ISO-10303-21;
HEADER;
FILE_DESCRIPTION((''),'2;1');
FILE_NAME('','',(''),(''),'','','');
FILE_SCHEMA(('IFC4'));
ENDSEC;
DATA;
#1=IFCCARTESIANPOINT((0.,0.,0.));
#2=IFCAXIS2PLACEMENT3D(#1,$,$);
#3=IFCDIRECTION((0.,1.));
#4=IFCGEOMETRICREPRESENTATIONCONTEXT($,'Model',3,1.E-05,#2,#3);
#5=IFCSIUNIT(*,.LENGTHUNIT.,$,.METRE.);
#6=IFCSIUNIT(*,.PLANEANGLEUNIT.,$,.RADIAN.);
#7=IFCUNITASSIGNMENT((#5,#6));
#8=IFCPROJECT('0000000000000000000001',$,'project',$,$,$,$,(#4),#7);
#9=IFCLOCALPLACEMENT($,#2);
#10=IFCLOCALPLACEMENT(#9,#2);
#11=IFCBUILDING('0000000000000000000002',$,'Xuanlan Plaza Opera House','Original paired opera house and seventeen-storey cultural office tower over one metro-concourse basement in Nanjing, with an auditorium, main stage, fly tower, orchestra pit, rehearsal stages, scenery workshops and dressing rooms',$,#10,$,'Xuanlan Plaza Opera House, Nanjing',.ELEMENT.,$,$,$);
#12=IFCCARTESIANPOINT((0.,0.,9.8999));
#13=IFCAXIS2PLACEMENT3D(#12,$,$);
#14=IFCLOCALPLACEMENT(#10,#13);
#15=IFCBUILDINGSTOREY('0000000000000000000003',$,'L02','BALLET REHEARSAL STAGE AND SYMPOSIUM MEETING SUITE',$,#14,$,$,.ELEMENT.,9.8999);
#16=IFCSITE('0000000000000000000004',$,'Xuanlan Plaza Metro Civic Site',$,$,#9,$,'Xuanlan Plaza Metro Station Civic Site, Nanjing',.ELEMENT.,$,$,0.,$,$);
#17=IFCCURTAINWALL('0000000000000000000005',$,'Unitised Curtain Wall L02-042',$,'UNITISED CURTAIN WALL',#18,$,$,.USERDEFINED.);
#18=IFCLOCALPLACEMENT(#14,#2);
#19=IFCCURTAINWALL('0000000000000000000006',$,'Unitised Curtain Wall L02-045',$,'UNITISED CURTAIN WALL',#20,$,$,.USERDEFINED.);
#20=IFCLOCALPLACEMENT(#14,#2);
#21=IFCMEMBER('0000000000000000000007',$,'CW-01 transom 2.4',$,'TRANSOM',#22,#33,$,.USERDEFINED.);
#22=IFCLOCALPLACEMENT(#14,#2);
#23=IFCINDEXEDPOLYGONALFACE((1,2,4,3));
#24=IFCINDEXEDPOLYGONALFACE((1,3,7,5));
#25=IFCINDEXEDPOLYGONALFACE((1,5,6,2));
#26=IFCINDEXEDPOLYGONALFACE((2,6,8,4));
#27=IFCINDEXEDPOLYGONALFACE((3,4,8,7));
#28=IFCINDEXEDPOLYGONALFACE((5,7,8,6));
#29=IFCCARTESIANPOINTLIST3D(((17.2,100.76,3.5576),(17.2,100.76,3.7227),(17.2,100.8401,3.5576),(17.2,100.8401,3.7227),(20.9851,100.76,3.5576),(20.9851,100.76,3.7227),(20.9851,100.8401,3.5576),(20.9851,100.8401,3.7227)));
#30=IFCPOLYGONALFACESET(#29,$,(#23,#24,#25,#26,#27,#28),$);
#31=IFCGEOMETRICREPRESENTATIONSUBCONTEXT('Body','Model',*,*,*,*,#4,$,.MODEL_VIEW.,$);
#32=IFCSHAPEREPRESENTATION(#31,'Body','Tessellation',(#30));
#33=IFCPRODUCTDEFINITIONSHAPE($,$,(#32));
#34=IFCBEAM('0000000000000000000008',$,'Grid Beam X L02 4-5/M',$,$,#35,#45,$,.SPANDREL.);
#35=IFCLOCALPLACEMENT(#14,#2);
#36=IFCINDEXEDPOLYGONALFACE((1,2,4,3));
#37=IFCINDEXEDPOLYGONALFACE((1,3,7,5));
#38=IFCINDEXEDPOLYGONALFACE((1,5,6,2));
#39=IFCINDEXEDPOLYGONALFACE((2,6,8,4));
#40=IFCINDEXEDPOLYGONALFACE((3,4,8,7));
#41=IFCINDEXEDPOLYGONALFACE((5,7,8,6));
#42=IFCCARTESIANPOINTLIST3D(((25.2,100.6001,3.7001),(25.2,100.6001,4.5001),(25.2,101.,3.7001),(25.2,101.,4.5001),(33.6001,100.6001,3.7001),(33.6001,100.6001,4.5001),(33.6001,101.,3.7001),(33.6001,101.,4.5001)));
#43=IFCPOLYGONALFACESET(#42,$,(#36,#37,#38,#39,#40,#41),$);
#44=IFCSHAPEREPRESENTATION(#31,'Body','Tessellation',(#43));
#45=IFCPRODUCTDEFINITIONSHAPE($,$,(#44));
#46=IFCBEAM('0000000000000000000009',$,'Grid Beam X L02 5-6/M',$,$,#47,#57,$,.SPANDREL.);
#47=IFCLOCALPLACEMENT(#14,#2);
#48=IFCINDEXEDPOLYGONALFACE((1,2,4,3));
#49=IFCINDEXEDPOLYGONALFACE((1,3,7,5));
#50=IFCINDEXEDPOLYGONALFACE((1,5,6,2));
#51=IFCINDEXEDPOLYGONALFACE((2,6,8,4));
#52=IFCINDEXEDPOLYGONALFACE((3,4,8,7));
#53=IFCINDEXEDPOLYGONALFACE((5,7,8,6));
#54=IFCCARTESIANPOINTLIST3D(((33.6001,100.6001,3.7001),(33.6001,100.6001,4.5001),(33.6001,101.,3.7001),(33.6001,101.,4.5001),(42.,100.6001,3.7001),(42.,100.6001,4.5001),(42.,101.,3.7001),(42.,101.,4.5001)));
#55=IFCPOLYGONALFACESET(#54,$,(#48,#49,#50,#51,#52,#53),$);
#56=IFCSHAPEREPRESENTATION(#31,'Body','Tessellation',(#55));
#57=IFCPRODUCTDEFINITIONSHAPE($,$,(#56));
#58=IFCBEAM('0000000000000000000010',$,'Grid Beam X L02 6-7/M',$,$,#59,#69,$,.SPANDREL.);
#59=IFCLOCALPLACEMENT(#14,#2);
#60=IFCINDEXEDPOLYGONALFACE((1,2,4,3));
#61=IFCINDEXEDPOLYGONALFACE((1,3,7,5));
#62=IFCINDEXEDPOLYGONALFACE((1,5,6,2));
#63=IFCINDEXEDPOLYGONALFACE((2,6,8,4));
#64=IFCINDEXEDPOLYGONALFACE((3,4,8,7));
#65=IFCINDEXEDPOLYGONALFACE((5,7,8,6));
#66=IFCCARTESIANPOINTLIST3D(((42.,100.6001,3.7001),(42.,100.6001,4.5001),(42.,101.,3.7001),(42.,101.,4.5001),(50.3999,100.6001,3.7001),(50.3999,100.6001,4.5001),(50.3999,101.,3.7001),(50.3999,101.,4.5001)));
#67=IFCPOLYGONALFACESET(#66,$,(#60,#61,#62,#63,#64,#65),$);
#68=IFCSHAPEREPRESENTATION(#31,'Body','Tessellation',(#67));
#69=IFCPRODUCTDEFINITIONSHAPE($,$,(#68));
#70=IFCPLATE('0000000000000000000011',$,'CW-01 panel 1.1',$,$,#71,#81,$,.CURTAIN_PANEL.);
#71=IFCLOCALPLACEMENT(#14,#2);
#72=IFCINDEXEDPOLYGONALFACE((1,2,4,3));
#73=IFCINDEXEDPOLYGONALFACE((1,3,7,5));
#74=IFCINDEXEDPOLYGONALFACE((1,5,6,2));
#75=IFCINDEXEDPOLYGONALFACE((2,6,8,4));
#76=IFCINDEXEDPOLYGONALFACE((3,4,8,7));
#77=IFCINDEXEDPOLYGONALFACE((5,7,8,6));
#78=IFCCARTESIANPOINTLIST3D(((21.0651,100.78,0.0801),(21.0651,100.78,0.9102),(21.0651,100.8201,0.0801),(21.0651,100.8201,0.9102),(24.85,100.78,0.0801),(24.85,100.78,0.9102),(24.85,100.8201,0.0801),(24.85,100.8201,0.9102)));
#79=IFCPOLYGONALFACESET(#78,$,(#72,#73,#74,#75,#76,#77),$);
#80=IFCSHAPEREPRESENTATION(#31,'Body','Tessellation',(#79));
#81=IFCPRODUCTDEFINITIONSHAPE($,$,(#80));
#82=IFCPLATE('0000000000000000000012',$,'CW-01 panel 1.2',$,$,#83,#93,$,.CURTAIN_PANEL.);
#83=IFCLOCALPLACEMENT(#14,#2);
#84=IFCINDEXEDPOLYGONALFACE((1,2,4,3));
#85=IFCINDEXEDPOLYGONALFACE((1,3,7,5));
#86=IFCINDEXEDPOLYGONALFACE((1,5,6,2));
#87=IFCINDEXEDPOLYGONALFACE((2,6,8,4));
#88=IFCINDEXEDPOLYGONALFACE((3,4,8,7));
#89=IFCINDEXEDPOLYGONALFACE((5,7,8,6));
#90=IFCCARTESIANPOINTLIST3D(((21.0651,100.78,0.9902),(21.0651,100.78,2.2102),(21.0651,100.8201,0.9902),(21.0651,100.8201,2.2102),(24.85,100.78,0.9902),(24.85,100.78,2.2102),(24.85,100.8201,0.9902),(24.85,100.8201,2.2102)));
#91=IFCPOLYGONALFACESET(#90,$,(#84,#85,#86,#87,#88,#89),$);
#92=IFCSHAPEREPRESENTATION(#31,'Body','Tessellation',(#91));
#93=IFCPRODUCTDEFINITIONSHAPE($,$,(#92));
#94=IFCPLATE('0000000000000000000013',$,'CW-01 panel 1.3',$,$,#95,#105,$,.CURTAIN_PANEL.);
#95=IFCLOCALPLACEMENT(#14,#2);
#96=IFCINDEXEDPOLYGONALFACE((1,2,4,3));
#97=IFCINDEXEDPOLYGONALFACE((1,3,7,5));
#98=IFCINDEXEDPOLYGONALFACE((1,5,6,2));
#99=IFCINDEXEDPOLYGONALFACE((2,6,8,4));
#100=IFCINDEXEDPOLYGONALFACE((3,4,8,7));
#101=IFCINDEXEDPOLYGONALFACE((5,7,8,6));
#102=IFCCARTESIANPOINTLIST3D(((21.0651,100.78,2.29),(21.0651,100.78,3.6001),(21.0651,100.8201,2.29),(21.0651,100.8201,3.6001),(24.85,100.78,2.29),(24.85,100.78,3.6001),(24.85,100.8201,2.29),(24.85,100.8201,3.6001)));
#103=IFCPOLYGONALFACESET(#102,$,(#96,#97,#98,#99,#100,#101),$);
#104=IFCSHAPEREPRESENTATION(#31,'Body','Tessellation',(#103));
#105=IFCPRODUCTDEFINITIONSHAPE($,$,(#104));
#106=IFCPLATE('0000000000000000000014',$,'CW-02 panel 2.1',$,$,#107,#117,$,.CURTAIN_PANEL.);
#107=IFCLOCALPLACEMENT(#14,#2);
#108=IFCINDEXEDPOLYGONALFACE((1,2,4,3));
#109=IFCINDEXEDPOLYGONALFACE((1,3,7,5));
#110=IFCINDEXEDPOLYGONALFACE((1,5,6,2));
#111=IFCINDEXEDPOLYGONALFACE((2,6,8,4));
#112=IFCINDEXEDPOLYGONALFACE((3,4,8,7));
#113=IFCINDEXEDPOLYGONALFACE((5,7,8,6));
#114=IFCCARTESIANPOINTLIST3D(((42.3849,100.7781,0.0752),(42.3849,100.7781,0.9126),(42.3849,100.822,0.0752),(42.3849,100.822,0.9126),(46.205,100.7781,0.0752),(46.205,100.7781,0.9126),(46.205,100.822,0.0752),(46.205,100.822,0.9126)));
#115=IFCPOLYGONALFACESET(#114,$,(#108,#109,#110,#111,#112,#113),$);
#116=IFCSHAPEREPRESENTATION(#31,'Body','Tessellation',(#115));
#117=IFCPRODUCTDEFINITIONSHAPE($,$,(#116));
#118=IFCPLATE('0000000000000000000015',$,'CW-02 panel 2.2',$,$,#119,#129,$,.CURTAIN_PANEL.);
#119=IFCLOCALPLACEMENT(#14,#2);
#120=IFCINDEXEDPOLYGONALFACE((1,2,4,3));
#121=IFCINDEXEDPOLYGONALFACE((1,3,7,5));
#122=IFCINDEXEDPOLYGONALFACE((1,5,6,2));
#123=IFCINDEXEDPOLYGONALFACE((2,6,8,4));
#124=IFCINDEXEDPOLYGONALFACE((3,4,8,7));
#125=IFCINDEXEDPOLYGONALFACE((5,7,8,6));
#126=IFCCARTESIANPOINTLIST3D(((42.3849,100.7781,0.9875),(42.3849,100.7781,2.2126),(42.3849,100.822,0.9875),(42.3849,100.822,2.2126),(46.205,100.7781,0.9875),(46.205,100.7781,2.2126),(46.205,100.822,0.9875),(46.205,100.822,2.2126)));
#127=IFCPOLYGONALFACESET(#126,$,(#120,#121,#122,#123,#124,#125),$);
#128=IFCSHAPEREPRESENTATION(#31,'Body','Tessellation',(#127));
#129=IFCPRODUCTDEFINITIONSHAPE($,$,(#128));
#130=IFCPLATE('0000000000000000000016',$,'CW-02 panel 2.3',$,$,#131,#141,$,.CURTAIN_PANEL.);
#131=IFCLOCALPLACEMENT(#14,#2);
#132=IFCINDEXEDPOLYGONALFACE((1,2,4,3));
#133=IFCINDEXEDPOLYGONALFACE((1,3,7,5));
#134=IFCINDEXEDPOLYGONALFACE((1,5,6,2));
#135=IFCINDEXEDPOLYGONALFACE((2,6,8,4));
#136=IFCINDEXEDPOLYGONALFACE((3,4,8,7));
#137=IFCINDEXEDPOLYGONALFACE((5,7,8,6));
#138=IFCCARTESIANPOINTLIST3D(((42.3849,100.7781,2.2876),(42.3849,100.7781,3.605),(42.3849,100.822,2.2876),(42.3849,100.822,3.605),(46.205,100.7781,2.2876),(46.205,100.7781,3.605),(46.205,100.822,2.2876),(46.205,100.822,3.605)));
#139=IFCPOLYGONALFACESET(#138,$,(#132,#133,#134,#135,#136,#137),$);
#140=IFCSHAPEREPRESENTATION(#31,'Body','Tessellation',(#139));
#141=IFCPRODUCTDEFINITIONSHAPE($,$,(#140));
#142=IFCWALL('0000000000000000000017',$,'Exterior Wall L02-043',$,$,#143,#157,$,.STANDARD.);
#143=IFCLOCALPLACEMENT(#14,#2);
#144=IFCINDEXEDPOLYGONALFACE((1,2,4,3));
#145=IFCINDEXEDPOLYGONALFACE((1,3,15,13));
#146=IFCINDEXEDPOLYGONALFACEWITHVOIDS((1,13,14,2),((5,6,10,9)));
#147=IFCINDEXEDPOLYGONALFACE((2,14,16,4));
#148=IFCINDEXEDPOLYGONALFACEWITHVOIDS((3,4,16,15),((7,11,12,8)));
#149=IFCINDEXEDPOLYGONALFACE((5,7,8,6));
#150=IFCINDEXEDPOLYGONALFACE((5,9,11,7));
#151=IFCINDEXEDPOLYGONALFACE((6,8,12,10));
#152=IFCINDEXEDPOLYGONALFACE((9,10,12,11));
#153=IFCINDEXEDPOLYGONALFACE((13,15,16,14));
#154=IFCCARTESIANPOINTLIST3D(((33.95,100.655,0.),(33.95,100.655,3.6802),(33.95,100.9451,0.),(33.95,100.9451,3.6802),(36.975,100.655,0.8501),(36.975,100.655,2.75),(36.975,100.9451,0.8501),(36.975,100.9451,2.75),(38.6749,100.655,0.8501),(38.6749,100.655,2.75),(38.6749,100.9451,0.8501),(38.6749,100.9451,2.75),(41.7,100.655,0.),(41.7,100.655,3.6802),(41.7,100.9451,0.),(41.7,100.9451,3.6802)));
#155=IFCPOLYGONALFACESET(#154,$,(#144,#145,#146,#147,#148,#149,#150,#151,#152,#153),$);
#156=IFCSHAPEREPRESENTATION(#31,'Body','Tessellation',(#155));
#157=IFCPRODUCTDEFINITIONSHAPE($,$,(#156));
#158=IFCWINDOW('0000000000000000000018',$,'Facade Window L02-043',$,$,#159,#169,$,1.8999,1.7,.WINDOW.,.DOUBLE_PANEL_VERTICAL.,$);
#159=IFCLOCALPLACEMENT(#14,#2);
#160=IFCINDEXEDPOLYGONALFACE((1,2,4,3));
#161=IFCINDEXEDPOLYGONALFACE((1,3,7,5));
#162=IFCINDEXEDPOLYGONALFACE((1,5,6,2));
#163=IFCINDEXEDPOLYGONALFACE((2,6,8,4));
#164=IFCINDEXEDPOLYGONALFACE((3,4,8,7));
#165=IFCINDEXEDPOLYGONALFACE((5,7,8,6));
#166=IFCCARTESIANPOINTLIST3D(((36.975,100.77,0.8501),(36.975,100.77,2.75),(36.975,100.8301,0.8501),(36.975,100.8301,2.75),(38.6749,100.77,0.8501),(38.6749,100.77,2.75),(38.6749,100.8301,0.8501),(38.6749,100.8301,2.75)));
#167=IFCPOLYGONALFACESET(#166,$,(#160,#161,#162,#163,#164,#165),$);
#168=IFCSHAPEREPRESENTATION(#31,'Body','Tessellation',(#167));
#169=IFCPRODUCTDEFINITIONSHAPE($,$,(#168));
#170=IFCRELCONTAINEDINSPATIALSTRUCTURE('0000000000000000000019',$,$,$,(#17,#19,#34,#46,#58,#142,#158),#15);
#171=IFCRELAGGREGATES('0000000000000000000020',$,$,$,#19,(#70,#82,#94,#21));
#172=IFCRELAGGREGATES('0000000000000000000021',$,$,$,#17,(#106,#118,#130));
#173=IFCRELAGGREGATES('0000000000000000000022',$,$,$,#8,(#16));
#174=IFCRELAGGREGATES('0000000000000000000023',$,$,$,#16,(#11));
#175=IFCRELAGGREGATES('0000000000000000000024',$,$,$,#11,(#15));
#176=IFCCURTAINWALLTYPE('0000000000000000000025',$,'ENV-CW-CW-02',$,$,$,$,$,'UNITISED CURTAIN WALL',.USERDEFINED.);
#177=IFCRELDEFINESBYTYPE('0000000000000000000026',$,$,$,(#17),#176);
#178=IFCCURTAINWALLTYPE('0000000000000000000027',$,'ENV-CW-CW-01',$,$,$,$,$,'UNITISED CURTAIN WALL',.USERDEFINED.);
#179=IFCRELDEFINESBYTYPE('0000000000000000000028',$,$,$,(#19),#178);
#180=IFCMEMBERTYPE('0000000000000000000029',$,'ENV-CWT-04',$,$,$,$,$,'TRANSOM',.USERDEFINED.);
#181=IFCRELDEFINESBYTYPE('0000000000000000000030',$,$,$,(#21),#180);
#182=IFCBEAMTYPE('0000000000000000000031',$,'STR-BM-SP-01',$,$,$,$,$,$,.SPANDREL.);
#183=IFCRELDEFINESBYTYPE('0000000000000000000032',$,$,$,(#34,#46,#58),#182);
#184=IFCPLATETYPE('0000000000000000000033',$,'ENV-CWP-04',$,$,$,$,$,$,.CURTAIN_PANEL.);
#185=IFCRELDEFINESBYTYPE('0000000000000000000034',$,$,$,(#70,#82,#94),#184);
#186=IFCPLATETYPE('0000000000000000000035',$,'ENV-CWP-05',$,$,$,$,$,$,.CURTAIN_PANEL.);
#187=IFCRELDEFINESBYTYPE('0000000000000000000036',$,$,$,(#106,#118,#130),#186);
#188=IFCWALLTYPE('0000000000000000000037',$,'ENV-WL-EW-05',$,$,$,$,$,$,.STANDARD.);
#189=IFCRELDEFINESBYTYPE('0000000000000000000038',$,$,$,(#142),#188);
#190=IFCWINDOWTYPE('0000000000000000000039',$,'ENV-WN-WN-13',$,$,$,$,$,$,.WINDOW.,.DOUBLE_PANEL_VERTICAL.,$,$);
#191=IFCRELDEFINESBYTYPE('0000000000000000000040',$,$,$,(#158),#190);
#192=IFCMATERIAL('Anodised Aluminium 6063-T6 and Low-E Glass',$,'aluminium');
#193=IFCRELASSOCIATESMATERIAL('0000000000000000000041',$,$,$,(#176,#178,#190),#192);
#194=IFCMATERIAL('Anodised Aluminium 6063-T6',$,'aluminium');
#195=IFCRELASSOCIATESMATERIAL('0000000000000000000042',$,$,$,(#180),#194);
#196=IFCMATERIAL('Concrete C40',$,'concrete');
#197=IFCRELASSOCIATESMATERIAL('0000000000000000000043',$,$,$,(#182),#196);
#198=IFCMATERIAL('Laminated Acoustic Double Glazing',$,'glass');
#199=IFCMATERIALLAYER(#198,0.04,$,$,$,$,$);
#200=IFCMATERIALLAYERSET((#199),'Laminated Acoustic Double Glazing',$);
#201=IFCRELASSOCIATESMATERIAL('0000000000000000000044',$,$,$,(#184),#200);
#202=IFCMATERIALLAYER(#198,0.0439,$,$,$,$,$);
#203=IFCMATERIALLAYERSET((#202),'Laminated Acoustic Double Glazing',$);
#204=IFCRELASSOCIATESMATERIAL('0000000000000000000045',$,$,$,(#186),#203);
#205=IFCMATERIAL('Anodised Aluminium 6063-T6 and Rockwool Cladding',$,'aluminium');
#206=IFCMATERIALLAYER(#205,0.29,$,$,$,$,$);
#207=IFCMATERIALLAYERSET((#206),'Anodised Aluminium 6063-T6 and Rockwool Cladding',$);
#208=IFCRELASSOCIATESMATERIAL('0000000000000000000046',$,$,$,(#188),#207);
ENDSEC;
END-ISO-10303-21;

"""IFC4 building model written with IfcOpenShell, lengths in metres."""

from ifc_helpers import new_model, si_unit, direction, frame, frame_2d, origin, origin_2d, place, context, subcontext, project, spatial, rectangle, extrude, material, layer, layer_set, material_profile, profile_set, type_object, element, fill, aggregate, save


model = new_model("IFC4")

# Units and contexts
model_context = context("Model", 3, precision=1e-05, world=origin(), true_north=direction((0.0, 1.0)))
body_context = subcontext(model_context, "Body", "Model", "MODEL_VIEW")
ifc_project = project(units=[si_unit("LENGTHUNIT", "METRE"), si_unit("PLANEANGLEUNIT", "RADIAN")], contexts=[model_context])

# Site, building, storey
site_placement = place(None, origin())
site = spatial("IfcSite", under=ifc_project, at=site_placement, Name="Xuanlan Plaza Metro Civic Site", LongName="Xuanlan Plaza Metro Station Civic Site, Nanjing", CompositionType="ELEMENT", RefElevation=0.0)
building_placement = place(site_placement, origin())
building = spatial("IfcBuilding", under=site, at=building_placement, Name="Xuanlan Plaza Opera House", Description="Original paired opera house and seventeen-storey cultural office tower over one metro-concourse basement in Nanjing, with an auditorium, main stage, fly tower, orchestra pit, rehearsal stages, scenery workshops and dressing rooms", LongName="Xuanlan Plaza Opera House, Nanjing", CompositionType="ELEMENT")
storey_placement = place(building_placement, frame((0.0, 0.0, 9.8999)))
storey = spatial("IfcBuildingStorey", under=building, at=storey_placement, Name="L02", Description="BALLET REHEARSAL STAGE AND SYMPOSIUM MEETING SUITE", CompositionType="ELEMENT", Elevation=9.8999)

# Shared definitions
ifc_material_1 = material(Name="Concrete C40", Category="concrete")

# Curtain wall
ifc_material_2 = material(Name="Anodised Aluminium 6063-T6 and Low-E Glass", Category="aluminium")
curtain_wall_type_1 = type_object("IfcCurtainWallType", Name="ENV-CW-CW-02", ElementType="UNITISED CURTAIN WALL", PredefinedType="USERDEFINED", material=ifc_material_2)
curtain_wall_1_placement = place(storey_placement, origin())
curtain_wall_1 = element("IfcCurtainWall", 1, at=curtain_wall_1_placement, inside=storey, type_object=curtain_wall_type_1, Name="Unitised Curtain Wall L02-042", ObjectType="UNITISED CURTAIN WALL", PredefinedType="USERDEFINED")
ifc_material_3 = material(Name="Anodised Aluminium 6063-T6", Category="aluminium")

# Curtain wall
curtain_wall_type_2 = type_object("IfcCurtainWallType", Name="ENV-CW-CW-01", ElementType="UNITISED CURTAIN WALL", PredefinedType="USERDEFINED", material=ifc_material_2)
curtain_wall_2_placement = place(storey_placement, origin())
curtain_wall_2 = element("IfcCurtainWall", 2, at=curtain_wall_2_placement, inside=storey, type_object=curtain_wall_type_2, Name="Unitised Curtain Wall L02-045", ObjectType="UNITISED CURTAIN WALL", PredefinedType="USERDEFINED")

# Member
ifc_material_profile_1 = material_profile(ifc_material_3, rectangle(XDim=0.0801, YDim=0.165, at=origin_2d()), Name="ALU-T 80x165")
ifc_profile_set_1 = profile_set([ifc_material_profile_1], Name="Anodised Aluminium 6063-T6")
member_type_1 = type_object("IfcMemberType", Name="ENV-CWT-04", ElementType="TRANSOM", PredefinedType="USERDEFINED", material=ifc_profile_set_1)
member_1_placement = place(storey_placement, frame((20.9851, 100.8, 3.6401), z_axis=(-1.0, 0.0, 0.0), x_axis=(0.0, -1.0, 0.0)))
member_1 = element("IfcMember", 3, at=member_1_placement, type_object=member_type_1, Name="CW-01 transom 2.4", ObjectType="TRANSOM", PredefinedType="USERDEFINED", context=body_context, shape_type="SweptSolid", body=[
    extrude(rectangle(XDim=0.0801, YDim=0.165, at=origin_2d()), origin(), (0.0, 0.0, 1.0), 3.7852),
])

# Beams
ifc_material_profile_2 = material_profile(ifc_material_1, rectangle(XDim=0.3999, YDim=0.8, at=origin_2d()), Name="RC-SPD 400x800")
ifc_profile_set_2 = profile_set([ifc_material_profile_2], Name="Concrete C40")
beam_type = type_object("IfcBeamType", Name="STR-BM-SP-01", PredefinedType="SPANDREL", material=ifc_profile_set_2)
beam_placement = place(storey_placement, frame((25.2, 100.8, 4.1001), z_axis=(1.0, 0.0, 0.0), x_axis=(0.0, 1.0, 0.0)))
element("IfcBeam", 4, at=beam_placement, inside=storey, type_object=beam_type, Name="Grid Beam X L02 4-5/M", PredefinedType="SPANDREL", context=body_context, shape_type="SweptSolid", body=[
    extrude(rectangle(XDim=0.3999, YDim=0.8, at=origin_2d()), origin(), (0.0, 0.0, 1.0), 8.4001),
])
for number, where, z_axis, x_axis, name in (
    (5, (33.6001, 100.8, 4.1001), (1.0, 0.0, 0.0), (0.0, 1.0, 0.0), "Grid Beam X L02 5-6/M"),
    (6, (42.0, 100.8, 4.1001), (1.0, 0.0, 0.0), (0.0, 1.0, 0.0), "Grid Beam X L02 6-7/M"),
):
    element("IfcBeam", number, at=place(storey_placement, frame(where, z_axis=z_axis, x_axis=x_axis)), inside=storey, type_object=beam_type, Name=name, PredefinedType="SPANDREL", context=body_context, shape_type="SweptSolid", body=[
        extrude(rectangle(XDim=0.3999, YDim=0.8, at=origin_2d()), origin(), (0.0, 0.0, 1.0), 8.3999),
    ])

# Plates
ifc_material_4 = material(Name="Laminated Acoustic Double Glazing", Category="glass")
ifc_layer_1 = layer(ifc_material_4, 0.04)
ifc_layer_set_1 = layer_set([ifc_layer_1], Name="Laminated Acoustic Double Glazing")
plate_type_1 = type_object("IfcPlateType", Name="ENV-CWP-04", PredefinedType="CURTAIN_PANEL", material=ifc_layer_set_1)
plate_1_placement = place(storey_placement, frame((22.9575, 100.8, 0.0801), z_axis=(0.0, 0.0, 1.0), x_axis=(-1.0, 0.0, 0.0)))
plate_1 = element("IfcPlate", 7, at=plate_1_placement, type_object=plate_type_1, Name="CW-01 panel 1.1", PredefinedType="CURTAIN_PANEL", context=body_context, shape_type="SweptSolid", body=[
    extrude(rectangle(XDim=3.7849, YDim=0.04, at=origin_2d()), origin(), (0.0, 0.0, 1.0), 0.8301),
])
plate_2_placement = place(storey_placement, frame((22.9575, 100.8, 0.9902), z_axis=(0.0, 0.0, 1.0), x_axis=(-1.0, 0.0, 0.0)))
plate_2 = element("IfcPlate", 8, at=plate_2_placement, type_object=plate_type_1, Name="CW-01 panel 1.2", PredefinedType="CURTAIN_PANEL", context=body_context, shape_type="SweptSolid", body=[
    extrude(rectangle(XDim=3.7849, YDim=0.04, at=origin_2d()), origin(), (0.0, 0.0, 1.0), 1.22),
])
plate_3_placement = place(storey_placement, frame((22.9575, 100.8, 2.29), z_axis=(0.0, 0.0, 1.0), x_axis=(-1.0, 0.0, 0.0)))
plate_3 = element("IfcPlate", 9, at=plate_3_placement, type_object=plate_type_1, Name="CW-01 panel 1.3", PredefinedType="CURTAIN_PANEL", context=body_context, shape_type="SweptSolid", body=[
    extrude(rectangle(XDim=3.7849, YDim=0.04, at=origin_2d()), origin(), (0.0, 0.0, 1.0), 1.3101),
])
aggregate(curtain_wall_2, [plate_1, plate_2, plate_3, member_1])
ifc_layer_2 = layer(ifc_material_4, 0.0439)
ifc_layer_set_2 = layer_set([ifc_layer_2], Name="Laminated Acoustic Double Glazing")
plate_type_2 = type_object("IfcPlateType", Name="ENV-CWP-05", PredefinedType="CURTAIN_PANEL", material=ifc_layer_set_2)
plate_4_placement = place(storey_placement, frame((44.2949, 100.8, 0.0752), z_axis=(0.0, 0.0, 1.0), x_axis=(-1.0, 0.0, 0.0)))
plate_4 = element("IfcPlate", 10, at=plate_4_placement, type_object=plate_type_2, Name="CW-02 panel 2.1", PredefinedType="CURTAIN_PANEL", context=body_context, shape_type="SweptSolid", body=[
    extrude(rectangle(XDim=3.8201, YDim=0.0439, at=origin_2d()), origin(), (0.0, 0.0, 1.0), 0.8374),
])
plate_5_placement = place(storey_placement, frame((44.2949, 100.8, 0.9875), z_axis=(0.0, 0.0, 1.0), x_axis=(-1.0, 0.0, 0.0)))
plate_5 = element("IfcPlate", 11, at=plate_5_placement, type_object=plate_type_2, Name="CW-02 panel 2.2", PredefinedType="CURTAIN_PANEL", context=body_context, shape_type="SweptSolid", body=[
    extrude(rectangle(XDim=3.8201, YDim=0.0439, at=origin_2d()), origin(), (0.0, 0.0, 1.0), 1.2251),
])
plate_6_placement = place(storey_placement, frame((44.2949, 100.8, 2.2876), z_axis=(0.0, 0.0, 1.0), x_axis=(-1.0, 0.0, 0.0)))
plate_6 = element("IfcPlate", 12, at=plate_6_placement, type_object=plate_type_2, Name="CW-02 panel 2.3", PredefinedType="CURTAIN_PANEL", context=body_context, shape_type="SweptSolid", body=[
    extrude(rectangle(XDim=3.8201, YDim=0.0439, at=origin_2d()), origin(), (0.0, 0.0, 1.0), 1.3174),
])
aggregate(curtain_wall_1, [plate_4, plate_5, plate_6])

# Wall, opening, window
ifc_material_5 = material(Name="Anodised Aluminium 6063-T6 and Rockwool Cladding", Category="aluminium")
ifc_layer_3 = layer(ifc_material_5, 0.29)
ifc_layer_set_3 = layer_set([ifc_layer_3], Name="Anodised Aluminium 6063-T6 and Rockwool Cladding")
wall_type_1 = type_object("IfcWallType", Name="ENV-WL-EW-05", PredefinedType="STANDARD", material=ifc_layer_set_3)
wall_1_placement = place(storey_placement, frame((41.7, 100.8, 0.0), z_axis=(0.0, 0.0, 1.0), x_axis=(-1.0, 0.0, 0.0)))
wall_1 = element("IfcWall", 13, at=wall_1_placement, inside=storey, type_object=wall_type_1, Name="Exterior Wall L02-043", PredefinedType="STANDARD", context=body_context, shape_type="SweptSolid", body=[
    extrude(rectangle(XDim=7.75, YDim=0.29, at=frame_2d((3.875, 0.0))), origin(), (0.0, 0.0, 1.0), 3.6802),
])
opening_1_placement = place(wall_1_placement, frame((3.0249, 0.0, 0.8501)))
opening_1 = element("IfcOpeningElement", 14, at=opening_1_placement, cuts=wall_1, PredefinedType="OPENING", context=body_context, shape_type="SweptSolid", body=[
    extrude(rectangle(XDim=1.7, YDim=1.8999, at=frame_2d((0.8501, 0.95))), frame((0.0, 0.155, 0.0), z_axis=(0.0, -1.0, 0.0), x_axis=(1.0, 0.0, 0.0)), (0.0, 0.0, 1.0), 0.3101),
])
window_type_1 = type_object("IfcWindowType", Name="ENV-WN-WN-13", PartitioningType="DOUBLE_PANEL_VERTICAL", PredefinedType="WINDOW", material=ifc_material_2)
window_1_placement = place(opening_1_placement, origin())
window_1 = element("IfcWindow", 15, at=window_1_placement, inside=storey, type_object=window_type_1, Name="Facade Window L02-043", OverallHeight=1.8999, OverallWidth=1.7, PartitioningType="DOUBLE_PANEL_VERTICAL", PredefinedType="WINDOW", context=body_context, shape_type="SweptSolid", body=[
    extrude(rectangle(XDim=1.7, YDim=1.8999, at=frame_2d((0.8501, 0.95))), frame((0.0, 0.03, 0.0), z_axis=(0.0, -1.0, 0.0), x_axis=(1.0, 0.0, 0.0)), (0.0, 0.0, 1.0), 0.0601),
])
fill(opening_1, window_1)

save(model, "model.ifc")
